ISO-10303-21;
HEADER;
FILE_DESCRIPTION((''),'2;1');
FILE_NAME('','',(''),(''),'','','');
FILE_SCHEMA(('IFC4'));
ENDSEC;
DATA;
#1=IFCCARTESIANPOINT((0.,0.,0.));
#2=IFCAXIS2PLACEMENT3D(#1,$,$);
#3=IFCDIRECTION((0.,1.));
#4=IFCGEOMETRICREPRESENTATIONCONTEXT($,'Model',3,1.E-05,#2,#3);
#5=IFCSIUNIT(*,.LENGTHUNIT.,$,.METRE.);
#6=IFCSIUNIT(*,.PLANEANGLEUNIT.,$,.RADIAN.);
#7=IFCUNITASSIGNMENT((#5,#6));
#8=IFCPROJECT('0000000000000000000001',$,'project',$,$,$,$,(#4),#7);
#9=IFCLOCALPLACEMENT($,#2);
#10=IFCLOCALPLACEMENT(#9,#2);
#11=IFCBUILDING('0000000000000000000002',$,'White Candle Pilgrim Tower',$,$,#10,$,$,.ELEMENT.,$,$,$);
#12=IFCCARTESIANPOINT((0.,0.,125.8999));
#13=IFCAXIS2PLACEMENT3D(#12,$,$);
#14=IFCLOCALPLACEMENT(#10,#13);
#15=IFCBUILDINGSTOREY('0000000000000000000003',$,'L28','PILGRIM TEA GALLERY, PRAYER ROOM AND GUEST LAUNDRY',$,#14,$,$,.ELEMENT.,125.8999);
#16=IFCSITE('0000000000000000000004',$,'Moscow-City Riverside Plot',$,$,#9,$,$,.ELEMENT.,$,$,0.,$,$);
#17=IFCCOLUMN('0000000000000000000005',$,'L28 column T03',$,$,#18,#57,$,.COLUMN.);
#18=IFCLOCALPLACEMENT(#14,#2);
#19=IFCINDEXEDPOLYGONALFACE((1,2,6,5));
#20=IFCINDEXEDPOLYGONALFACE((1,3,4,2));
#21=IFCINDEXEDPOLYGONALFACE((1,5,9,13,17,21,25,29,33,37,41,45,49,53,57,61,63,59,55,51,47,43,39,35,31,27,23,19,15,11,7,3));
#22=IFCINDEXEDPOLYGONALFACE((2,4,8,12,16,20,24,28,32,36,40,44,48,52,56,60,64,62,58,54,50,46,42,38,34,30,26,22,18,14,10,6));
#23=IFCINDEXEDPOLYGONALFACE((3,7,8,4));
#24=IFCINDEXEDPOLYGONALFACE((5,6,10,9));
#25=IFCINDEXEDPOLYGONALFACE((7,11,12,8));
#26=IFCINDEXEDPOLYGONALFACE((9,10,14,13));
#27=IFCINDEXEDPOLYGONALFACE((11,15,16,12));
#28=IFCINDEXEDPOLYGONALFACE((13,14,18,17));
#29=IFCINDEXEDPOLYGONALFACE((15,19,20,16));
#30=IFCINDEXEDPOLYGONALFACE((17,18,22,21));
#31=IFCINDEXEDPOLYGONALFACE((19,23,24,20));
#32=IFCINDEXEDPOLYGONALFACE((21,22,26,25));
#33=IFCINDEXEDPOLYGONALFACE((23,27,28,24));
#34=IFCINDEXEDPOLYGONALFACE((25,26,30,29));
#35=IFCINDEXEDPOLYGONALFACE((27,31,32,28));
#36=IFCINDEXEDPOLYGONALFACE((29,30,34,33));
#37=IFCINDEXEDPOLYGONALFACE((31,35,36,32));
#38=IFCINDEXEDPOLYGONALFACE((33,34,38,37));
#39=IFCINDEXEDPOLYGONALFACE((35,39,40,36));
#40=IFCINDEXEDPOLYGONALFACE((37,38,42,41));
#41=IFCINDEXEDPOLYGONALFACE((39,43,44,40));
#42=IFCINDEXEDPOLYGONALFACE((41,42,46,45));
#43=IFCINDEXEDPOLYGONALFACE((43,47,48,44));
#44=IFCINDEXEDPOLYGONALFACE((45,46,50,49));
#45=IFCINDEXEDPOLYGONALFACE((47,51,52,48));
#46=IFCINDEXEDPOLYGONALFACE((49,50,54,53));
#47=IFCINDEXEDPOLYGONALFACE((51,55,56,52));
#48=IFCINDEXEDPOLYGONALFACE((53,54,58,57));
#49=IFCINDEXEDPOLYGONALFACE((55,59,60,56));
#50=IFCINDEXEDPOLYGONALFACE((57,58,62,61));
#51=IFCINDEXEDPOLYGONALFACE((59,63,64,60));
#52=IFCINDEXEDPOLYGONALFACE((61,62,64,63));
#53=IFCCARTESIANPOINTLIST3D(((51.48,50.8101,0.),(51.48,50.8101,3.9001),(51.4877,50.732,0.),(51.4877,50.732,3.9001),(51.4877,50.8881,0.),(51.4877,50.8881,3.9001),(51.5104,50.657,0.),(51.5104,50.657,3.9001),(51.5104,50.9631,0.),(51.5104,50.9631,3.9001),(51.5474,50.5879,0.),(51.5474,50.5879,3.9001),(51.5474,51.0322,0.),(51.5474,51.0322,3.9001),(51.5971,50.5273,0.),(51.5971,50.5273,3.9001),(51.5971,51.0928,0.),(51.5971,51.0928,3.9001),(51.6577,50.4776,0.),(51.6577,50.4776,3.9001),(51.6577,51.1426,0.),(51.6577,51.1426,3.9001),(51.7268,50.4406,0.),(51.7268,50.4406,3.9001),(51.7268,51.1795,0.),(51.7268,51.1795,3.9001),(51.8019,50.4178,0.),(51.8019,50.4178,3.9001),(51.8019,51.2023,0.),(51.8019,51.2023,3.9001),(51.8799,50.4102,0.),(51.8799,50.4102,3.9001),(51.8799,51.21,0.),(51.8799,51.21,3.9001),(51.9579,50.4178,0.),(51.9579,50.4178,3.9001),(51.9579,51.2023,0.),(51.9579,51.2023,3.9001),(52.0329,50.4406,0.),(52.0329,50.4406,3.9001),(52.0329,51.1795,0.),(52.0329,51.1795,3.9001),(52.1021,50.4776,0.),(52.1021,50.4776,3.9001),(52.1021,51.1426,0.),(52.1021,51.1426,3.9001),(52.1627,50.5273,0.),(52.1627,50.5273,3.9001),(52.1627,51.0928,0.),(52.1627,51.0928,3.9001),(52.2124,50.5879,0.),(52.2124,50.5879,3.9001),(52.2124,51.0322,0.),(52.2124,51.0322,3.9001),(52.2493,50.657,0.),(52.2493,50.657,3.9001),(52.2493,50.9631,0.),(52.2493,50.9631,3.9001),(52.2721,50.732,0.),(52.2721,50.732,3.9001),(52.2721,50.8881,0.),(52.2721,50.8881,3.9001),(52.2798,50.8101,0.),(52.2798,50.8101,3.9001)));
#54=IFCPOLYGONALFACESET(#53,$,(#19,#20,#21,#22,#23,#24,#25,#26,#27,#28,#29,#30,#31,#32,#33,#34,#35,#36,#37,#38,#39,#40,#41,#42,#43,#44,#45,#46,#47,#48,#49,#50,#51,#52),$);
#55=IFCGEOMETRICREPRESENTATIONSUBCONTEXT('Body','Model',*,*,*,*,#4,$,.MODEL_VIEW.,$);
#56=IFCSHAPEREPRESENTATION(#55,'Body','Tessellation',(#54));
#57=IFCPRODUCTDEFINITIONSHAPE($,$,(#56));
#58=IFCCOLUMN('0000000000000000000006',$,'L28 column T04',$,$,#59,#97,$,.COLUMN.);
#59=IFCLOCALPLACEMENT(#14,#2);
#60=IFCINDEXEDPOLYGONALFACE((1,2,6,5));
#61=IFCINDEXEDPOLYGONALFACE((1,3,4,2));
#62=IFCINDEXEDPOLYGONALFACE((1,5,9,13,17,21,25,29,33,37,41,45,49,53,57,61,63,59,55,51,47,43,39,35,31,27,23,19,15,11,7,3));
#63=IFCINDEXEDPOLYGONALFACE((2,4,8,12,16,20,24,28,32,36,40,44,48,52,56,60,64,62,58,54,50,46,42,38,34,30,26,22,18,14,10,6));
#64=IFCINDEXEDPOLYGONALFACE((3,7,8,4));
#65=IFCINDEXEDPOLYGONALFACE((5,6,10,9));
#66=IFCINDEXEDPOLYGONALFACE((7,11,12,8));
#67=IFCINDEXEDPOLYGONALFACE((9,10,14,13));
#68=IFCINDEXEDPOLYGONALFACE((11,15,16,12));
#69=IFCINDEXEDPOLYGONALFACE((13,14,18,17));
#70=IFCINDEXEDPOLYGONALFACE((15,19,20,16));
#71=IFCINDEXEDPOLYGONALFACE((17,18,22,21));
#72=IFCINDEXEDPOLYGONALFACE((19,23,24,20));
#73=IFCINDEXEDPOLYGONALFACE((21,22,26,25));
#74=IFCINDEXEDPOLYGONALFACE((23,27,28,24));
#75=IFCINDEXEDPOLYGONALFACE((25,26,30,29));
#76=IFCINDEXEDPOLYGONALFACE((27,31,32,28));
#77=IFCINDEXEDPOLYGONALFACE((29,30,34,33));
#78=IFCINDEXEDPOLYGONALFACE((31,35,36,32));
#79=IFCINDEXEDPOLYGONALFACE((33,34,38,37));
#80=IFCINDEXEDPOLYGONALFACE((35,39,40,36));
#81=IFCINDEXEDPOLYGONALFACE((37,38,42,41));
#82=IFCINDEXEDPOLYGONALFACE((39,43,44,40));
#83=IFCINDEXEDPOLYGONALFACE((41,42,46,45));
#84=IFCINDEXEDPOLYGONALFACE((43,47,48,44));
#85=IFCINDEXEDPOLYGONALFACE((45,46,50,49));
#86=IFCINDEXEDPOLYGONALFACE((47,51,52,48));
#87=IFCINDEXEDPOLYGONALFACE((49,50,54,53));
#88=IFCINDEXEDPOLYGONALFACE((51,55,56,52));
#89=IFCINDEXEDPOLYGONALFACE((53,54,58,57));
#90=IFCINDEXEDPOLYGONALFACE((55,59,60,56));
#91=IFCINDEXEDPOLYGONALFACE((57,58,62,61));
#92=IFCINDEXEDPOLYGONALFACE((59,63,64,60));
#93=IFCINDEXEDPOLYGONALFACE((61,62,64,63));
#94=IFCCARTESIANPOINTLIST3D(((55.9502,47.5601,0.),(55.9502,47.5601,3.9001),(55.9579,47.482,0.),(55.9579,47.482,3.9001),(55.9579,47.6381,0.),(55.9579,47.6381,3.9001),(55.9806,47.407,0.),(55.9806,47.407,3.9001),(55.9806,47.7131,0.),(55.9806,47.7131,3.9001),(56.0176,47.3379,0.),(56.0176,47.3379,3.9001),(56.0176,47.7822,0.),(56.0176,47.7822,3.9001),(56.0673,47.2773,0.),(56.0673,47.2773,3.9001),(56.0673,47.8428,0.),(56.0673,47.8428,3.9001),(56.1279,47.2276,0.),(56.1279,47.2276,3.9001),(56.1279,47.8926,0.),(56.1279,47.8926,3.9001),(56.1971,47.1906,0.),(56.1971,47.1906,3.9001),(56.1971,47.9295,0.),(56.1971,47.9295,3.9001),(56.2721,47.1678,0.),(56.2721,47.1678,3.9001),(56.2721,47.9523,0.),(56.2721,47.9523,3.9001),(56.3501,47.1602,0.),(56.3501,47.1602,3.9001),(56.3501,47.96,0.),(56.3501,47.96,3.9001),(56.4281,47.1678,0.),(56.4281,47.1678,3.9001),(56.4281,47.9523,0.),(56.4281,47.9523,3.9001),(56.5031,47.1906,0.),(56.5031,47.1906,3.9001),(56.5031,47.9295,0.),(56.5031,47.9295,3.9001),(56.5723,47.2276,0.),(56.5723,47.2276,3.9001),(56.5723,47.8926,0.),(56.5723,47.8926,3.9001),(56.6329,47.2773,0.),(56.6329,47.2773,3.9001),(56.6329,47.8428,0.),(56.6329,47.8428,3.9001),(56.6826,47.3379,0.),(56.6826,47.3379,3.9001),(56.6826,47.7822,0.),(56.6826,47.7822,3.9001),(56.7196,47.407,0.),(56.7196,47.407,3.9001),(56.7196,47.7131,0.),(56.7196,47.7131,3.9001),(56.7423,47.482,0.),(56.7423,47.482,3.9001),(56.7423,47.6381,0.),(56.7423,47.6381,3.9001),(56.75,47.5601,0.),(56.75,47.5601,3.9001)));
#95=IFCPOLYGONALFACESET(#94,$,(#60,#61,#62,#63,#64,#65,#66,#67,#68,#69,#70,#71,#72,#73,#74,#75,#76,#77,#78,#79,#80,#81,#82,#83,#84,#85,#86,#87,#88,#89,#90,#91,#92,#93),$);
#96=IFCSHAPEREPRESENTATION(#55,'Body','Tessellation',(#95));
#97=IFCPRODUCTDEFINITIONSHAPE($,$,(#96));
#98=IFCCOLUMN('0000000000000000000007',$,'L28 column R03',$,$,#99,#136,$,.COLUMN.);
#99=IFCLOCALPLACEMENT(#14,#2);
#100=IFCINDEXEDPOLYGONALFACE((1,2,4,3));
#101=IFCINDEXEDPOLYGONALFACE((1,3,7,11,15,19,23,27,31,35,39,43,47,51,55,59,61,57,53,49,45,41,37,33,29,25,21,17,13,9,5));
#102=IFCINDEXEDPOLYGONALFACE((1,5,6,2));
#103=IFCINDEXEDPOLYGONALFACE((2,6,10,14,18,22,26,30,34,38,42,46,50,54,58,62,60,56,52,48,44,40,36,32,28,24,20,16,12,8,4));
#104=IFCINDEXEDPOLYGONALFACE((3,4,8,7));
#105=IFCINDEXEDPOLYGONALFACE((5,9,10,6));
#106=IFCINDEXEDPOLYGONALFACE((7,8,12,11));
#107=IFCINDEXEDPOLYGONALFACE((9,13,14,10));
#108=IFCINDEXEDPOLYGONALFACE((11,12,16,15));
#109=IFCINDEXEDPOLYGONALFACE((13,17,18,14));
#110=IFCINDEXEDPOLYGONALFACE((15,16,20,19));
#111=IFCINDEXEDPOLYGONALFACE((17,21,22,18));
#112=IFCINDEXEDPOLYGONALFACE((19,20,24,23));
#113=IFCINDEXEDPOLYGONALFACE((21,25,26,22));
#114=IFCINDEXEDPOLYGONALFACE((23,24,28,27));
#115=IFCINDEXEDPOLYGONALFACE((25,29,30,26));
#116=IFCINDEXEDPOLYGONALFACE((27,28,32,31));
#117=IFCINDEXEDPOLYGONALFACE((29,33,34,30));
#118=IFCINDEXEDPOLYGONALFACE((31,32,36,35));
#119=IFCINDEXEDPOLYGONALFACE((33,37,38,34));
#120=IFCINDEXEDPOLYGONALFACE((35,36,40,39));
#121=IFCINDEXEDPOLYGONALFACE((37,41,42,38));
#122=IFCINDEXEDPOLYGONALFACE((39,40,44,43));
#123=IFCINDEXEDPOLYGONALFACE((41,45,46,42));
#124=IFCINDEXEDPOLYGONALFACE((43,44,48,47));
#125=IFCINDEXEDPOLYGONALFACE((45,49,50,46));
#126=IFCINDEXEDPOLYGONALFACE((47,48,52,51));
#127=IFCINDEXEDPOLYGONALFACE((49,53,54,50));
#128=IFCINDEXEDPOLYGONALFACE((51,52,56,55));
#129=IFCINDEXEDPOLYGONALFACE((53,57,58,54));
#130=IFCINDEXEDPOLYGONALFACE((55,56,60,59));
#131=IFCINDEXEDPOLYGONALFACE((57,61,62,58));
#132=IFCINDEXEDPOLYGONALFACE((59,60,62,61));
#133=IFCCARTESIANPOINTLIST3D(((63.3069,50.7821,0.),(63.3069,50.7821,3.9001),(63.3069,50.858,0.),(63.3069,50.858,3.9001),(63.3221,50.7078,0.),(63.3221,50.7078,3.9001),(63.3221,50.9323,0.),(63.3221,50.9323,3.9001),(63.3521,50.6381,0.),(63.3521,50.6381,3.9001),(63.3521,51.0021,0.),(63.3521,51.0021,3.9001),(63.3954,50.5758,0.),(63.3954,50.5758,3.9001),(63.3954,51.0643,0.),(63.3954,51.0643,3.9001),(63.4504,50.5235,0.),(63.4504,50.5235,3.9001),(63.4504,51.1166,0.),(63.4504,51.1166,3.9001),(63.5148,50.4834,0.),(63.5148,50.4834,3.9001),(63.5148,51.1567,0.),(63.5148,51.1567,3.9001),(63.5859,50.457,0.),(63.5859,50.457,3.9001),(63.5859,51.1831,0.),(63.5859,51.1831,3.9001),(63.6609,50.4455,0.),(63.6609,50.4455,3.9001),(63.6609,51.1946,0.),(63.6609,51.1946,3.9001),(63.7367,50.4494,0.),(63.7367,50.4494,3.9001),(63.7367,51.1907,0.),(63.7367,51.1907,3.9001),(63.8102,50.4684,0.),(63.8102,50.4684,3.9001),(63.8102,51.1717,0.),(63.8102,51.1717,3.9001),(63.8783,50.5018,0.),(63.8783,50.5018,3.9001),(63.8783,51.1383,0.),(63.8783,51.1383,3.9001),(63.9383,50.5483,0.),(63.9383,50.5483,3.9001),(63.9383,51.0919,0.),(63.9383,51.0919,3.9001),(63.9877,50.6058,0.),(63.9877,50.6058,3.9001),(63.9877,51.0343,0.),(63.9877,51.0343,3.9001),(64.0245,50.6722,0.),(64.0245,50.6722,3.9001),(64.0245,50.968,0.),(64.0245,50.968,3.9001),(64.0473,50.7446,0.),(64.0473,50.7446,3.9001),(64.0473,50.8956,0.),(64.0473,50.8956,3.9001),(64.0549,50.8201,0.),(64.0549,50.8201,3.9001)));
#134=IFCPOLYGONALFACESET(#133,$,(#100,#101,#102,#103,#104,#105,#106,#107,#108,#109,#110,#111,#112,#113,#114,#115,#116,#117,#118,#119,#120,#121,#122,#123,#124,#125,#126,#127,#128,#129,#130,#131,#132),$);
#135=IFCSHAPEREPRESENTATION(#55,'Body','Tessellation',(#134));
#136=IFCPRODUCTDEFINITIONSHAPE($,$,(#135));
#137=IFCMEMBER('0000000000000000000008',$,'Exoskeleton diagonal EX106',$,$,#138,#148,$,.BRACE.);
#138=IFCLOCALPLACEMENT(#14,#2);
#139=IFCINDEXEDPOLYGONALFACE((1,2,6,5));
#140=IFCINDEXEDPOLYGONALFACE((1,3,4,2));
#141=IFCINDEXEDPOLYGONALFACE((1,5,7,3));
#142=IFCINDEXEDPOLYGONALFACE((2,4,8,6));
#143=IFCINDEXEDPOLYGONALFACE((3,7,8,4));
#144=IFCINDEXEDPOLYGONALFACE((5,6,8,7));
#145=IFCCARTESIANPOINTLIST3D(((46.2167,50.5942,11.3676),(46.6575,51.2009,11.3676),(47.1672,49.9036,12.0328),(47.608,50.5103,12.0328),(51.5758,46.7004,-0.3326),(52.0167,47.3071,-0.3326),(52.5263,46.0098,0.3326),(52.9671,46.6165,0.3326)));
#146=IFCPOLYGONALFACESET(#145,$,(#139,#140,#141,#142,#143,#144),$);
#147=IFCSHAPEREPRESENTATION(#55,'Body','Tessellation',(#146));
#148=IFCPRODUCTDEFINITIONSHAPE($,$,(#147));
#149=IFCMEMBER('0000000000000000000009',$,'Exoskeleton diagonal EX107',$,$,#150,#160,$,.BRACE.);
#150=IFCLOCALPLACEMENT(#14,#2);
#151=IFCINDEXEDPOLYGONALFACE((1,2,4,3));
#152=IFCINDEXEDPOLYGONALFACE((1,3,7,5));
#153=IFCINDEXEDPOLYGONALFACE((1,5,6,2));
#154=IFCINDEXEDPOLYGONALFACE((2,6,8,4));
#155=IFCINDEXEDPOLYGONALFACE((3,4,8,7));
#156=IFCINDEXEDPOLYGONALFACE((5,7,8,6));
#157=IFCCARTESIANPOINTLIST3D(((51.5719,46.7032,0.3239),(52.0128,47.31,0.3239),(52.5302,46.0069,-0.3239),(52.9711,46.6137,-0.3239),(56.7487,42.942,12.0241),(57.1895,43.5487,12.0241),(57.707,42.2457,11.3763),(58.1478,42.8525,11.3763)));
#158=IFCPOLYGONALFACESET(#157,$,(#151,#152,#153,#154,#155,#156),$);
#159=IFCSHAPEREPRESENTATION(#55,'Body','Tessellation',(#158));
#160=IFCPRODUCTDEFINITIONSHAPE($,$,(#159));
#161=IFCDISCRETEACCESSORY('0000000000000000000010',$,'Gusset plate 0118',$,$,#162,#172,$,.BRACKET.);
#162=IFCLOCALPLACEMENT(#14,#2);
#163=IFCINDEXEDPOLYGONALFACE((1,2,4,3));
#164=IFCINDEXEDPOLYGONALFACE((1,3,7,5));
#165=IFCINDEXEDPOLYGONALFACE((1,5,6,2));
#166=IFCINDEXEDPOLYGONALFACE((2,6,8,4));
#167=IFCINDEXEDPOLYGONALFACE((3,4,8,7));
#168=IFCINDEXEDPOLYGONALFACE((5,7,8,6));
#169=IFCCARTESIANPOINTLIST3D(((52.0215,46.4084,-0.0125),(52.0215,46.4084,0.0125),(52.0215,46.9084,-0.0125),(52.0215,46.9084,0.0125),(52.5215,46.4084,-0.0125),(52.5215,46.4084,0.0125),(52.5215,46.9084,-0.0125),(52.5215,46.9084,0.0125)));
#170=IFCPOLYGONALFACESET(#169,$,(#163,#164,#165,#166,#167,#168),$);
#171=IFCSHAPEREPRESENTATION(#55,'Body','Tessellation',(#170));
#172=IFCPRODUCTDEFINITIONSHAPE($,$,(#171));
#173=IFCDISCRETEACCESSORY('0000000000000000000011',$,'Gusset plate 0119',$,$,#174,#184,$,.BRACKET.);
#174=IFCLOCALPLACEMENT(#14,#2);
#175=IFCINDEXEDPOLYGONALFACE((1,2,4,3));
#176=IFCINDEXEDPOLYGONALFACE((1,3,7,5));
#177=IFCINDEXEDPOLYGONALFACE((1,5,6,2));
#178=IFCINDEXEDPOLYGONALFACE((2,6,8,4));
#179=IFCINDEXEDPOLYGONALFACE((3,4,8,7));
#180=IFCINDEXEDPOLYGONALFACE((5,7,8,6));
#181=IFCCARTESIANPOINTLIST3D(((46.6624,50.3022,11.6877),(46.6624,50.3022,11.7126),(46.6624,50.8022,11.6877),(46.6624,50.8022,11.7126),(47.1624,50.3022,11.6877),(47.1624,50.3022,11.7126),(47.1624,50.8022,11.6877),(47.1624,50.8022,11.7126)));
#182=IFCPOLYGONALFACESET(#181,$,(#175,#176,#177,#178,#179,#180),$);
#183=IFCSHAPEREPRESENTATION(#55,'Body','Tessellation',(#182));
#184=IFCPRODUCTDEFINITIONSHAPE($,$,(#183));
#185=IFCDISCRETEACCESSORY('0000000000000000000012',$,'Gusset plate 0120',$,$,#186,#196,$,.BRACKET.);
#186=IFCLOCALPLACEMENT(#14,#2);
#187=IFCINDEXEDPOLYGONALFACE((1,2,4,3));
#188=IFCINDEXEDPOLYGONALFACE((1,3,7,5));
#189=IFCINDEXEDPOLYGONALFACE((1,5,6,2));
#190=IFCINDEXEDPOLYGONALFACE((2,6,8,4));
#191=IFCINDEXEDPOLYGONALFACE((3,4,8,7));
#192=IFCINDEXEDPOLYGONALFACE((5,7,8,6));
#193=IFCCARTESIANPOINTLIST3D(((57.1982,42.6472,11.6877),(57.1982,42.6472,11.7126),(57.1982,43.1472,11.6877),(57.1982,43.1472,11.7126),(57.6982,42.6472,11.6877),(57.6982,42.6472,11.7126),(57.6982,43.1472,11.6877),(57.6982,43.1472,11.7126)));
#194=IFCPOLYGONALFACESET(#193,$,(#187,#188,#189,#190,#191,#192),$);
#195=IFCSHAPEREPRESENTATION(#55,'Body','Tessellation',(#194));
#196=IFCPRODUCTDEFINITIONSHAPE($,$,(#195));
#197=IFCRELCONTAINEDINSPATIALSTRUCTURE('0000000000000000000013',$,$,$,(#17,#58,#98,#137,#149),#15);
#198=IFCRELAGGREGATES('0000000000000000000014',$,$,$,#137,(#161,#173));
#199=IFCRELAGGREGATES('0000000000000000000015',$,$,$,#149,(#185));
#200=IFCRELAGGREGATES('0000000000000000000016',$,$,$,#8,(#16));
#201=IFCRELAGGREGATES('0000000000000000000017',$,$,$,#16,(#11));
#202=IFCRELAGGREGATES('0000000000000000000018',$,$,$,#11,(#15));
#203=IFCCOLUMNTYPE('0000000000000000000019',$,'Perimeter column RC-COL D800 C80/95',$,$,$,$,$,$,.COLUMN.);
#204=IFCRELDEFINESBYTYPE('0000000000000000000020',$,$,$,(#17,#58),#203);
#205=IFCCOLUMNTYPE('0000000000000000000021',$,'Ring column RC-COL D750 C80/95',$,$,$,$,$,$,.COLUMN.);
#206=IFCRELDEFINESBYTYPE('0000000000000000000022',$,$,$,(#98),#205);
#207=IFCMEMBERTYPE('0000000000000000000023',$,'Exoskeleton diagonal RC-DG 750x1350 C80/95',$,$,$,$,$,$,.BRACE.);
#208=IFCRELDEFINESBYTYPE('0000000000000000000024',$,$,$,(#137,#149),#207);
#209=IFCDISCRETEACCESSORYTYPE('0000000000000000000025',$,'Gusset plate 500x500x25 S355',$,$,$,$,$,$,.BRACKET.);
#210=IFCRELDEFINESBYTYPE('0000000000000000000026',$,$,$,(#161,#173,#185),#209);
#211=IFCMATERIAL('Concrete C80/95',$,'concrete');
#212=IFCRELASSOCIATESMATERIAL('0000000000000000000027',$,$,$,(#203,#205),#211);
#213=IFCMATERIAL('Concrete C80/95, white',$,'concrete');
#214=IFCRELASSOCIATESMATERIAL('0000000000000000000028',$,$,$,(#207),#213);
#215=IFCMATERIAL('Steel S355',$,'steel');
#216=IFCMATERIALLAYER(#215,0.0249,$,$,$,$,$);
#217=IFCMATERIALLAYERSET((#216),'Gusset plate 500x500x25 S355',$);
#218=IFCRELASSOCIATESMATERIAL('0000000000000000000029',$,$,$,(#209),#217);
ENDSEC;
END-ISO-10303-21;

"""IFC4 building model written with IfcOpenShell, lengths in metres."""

from ifc_helpers import new_model, si_unit, direction, frame, origin, origin_2d, place, context, subcontext, project, spatial, rectangle, circle, extrude, material, layer, layer_set, material_profile, profile_set, type_object, element, aggregate, save


model = new_model("IFC4")

# Units and contexts
model_context = context("Model", 3, precision=1e-05, world=origin(), true_north=direction((0.0, 1.0)))
body_context = subcontext(model_context, "Body", "Model", "MODEL_VIEW")
ifc_project = project(units=[si_unit("LENGTHUNIT", "METRE"), si_unit("PLANEANGLEUNIT", "RADIAN")], contexts=[model_context])

# Site, building, storey
site_placement = place(None, origin())
site = spatial("IfcSite", under=ifc_project, at=site_placement, Name="Moscow-City Riverside Plot", CompositionType="ELEMENT", RefElevation=0.0)
building_placement = place(site_placement, origin())
building = spatial("IfcBuilding", under=site, at=building_placement, Name="White Candle Pilgrim Tower", CompositionType="ELEMENT")
storey_placement = place(building_placement, frame((0.0, 0.0, 125.8999)))
storey = spatial("IfcBuildingStorey", under=building, at=storey_placement, Name="L28", Description="PILGRIM TEA GALLERY, PRAYER ROOM AND GUEST LAUNDRY", CompositionType="ELEMENT", Elevation=125.8999)

# Columns
ifc_material_1 = material(Name="Concrete C80/95", Category="concrete")
ifc_material_profile_1 = material_profile(ifc_material_1, circle(Radius=0.3999, at=origin_2d()), Name="RC-COL D800")
ifc_profile_set_1 = profile_set([ifc_material_profile_1], Name="Concrete C80/95")
column_type_1 = type_object("IfcColumnType", Name="Perimeter column RC-COL D800 C80/95", PredefinedType="COLUMN", material=ifc_profile_set_1)
for number, where, z_axis, x_axis, name in (
    (1, (51.8799, 50.8101, 0.0), (0.0, 0.0, 1.0), (1.0, 0.0, 0.0), "L28 column T03"),
    (2, (56.3501, 47.5601, 0.0), (0.0, 0.0, 1.0), (1.0, 0.0, 0.0), "L28 column T04"),
):
    element("IfcColumn", number, at=place(storey_placement, frame(where, z_axis=z_axis, x_axis=x_axis)), inside=storey, type_object=column_type_1, Name=name, PredefinedType="COLUMN", context=body_context, shape_type="SweptSolid", body=[
        extrude(circle(Radius=0.3999, at=origin_2d()), origin(), (0.0, 0.0, 1.0), 3.9001),
    ])
ifc_material_profile_2 = material_profile(ifc_material_1, circle(Radius=0.375, at=origin_2d()), Name="RC-COL D750")
ifc_profile_set_2 = profile_set([ifc_material_profile_2], Name="Concrete C80/95")
column_type_2 = type_object("IfcColumnType", Name="Ring column RC-COL D750 C80/95", PredefinedType="COLUMN", material=ifc_profile_set_2)
column_placement = place(storey_placement, frame((63.6799, 50.8201, 0.0), z_axis=(0.0, 0.0, 1.0), x_axis=(1.0, 0.0, 0.0)))
element("IfcColumn", 3, at=column_placement, inside=storey, type_object=column_type_2, Name="L28 column R03", PredefinedType="COLUMN", context=body_context, shape_type="SweptSolid", body=[
    extrude(circle(Radius=0.375, at=origin_2d()), origin(), (0.0, 0.0, 1.0), 3.9001),
])

# Members
ifc_material_2 = material(Name="Concrete C80/95, white", Category="concrete")
ifc_material_profile_3 = material_profile(ifc_material_2, rectangle(XDim=0.75, YDim=1.3501, at=origin_2d()), Name="RC-DG 750x1350")
ifc_profile_set_3 = profile_set([ifc_material_profile_3], Name="Concrete C80/95, white")
member_type_1 = type_object("IfcMemberType", Name="Exoskeleton diagonal RC-DG 750x1350 C80/95", PredefinedType="BRACE", material=ifc_profile_set_3)
member_1_placement = place(storey_placement, frame((52.2715, 46.6584, 0.0), z_axis=(-0.398587, 0.289603, 0.870206), x_axis=(-0.587801, -0.809005, 0.0)))
member_1 = element("IfcMember", 4, at=member_1_placement, inside=storey, type_object=member_type_1, Name="Exoskeleton diagonal EX106", PredefinedType="BRACE", context=body_context, shape_type="SweptSolid", body=[
    extrude(rectangle(XDim=0.75, YDim=1.3501, at=origin_2d()), origin(), (0.0, 0.0, 1.0), 13.4453),
])
member_2_placement = place(storey_placement, frame((52.2715, 46.6584, 0.0), z_axis=(0.388189, -0.282043, 0.877361), x_axis=(0.587795, 0.80901, 0.0)))
member_2 = element("IfcMember", 5, at=member_2_placement, inside=storey, type_object=member_type_1, Name="Exoskeleton diagonal EX107", PredefinedType="BRACE", context=body_context, shape_type="SweptSolid", body=[
    extrude(rectangle(XDim=0.75, YDim=1.3501, at=origin_2d()), origin(), (0.0, 0.0, 1.0), 13.3357),
])

# Discrete accessories
ifc_material_3 = material(Name="Steel S355", Category="steel")
ifc_layer_1 = layer(ifc_material_3, 0.0249)
ifc_layer_set_1 = layer_set([ifc_layer_1], Name="Gusset plate 500x500x25 S355")
discrete_accessory_type = type_object("IfcDiscreteAccessoryType", Name="Gusset plate 500x500x25 S355", PredefinedType="BRACKET", material=ifc_layer_set_1)
discrete_accessory_1_placement = place(storey_placement, frame((52.2715, 46.6584, -0.0125), z_axis=(0.0, 0.0, 1.0), x_axis=(1.0, 0.0, 0.0)))
discrete_accessory_1 = element("IfcDiscreteAccessory", 6, at=discrete_accessory_1_placement, type_object=discrete_accessory_type, Name="Gusset plate 0118", PredefinedType="BRACKET", context=body_context, shape_type="SweptSolid", body=[
    extrude(rectangle(XDim=0.5, YDim=0.5, at=origin_2d()), origin(), (0.0, 0.0, 1.0), 0.0249),
])
placement = place(building_placement, frame((0.0, 0.0, 137.6001)))
discrete_accessory_2_placement = place(placement, frame((46.9124, 50.5522, -0.0125), z_axis=(0.0, 0.0, 1.0), x_axis=(1.0, 0.0, 0.0)))
discrete_accessory_2 = element("IfcDiscreteAccessory", 7, at=discrete_accessory_2_placement, type_object=discrete_accessory_type, Name="Gusset plate 0119", PredefinedType="BRACKET", context=body_context, shape_type="SweptSolid", body=[
    extrude(rectangle(XDim=0.5, YDim=0.5, at=origin_2d()), origin(), (0.0, 0.0, 1.0), 0.0249),
])
aggregate(member_1, [discrete_accessory_1, discrete_accessory_2])
discrete_accessory_3_placement = place(placement, frame((57.4482, 42.8972, -0.0125), z_axis=(0.0, 0.0, 1.0), x_axis=(1.0, 0.0, 0.0)))
discrete_accessory_3 = element("IfcDiscreteAccessory", 8, at=discrete_accessory_3_placement, type_object=discrete_accessory_type, Name="Gusset plate 0120", PredefinedType="BRACKET", context=body_context, shape_type="SweptSolid", body=[
    extrude(rectangle(XDim=0.5, YDim=0.5, at=origin_2d()), origin(), (0.0, 0.0, 1.0), 0.0249),
])
aggregate(member_2, [discrete_accessory_3])

save(model, "model.ifc")
